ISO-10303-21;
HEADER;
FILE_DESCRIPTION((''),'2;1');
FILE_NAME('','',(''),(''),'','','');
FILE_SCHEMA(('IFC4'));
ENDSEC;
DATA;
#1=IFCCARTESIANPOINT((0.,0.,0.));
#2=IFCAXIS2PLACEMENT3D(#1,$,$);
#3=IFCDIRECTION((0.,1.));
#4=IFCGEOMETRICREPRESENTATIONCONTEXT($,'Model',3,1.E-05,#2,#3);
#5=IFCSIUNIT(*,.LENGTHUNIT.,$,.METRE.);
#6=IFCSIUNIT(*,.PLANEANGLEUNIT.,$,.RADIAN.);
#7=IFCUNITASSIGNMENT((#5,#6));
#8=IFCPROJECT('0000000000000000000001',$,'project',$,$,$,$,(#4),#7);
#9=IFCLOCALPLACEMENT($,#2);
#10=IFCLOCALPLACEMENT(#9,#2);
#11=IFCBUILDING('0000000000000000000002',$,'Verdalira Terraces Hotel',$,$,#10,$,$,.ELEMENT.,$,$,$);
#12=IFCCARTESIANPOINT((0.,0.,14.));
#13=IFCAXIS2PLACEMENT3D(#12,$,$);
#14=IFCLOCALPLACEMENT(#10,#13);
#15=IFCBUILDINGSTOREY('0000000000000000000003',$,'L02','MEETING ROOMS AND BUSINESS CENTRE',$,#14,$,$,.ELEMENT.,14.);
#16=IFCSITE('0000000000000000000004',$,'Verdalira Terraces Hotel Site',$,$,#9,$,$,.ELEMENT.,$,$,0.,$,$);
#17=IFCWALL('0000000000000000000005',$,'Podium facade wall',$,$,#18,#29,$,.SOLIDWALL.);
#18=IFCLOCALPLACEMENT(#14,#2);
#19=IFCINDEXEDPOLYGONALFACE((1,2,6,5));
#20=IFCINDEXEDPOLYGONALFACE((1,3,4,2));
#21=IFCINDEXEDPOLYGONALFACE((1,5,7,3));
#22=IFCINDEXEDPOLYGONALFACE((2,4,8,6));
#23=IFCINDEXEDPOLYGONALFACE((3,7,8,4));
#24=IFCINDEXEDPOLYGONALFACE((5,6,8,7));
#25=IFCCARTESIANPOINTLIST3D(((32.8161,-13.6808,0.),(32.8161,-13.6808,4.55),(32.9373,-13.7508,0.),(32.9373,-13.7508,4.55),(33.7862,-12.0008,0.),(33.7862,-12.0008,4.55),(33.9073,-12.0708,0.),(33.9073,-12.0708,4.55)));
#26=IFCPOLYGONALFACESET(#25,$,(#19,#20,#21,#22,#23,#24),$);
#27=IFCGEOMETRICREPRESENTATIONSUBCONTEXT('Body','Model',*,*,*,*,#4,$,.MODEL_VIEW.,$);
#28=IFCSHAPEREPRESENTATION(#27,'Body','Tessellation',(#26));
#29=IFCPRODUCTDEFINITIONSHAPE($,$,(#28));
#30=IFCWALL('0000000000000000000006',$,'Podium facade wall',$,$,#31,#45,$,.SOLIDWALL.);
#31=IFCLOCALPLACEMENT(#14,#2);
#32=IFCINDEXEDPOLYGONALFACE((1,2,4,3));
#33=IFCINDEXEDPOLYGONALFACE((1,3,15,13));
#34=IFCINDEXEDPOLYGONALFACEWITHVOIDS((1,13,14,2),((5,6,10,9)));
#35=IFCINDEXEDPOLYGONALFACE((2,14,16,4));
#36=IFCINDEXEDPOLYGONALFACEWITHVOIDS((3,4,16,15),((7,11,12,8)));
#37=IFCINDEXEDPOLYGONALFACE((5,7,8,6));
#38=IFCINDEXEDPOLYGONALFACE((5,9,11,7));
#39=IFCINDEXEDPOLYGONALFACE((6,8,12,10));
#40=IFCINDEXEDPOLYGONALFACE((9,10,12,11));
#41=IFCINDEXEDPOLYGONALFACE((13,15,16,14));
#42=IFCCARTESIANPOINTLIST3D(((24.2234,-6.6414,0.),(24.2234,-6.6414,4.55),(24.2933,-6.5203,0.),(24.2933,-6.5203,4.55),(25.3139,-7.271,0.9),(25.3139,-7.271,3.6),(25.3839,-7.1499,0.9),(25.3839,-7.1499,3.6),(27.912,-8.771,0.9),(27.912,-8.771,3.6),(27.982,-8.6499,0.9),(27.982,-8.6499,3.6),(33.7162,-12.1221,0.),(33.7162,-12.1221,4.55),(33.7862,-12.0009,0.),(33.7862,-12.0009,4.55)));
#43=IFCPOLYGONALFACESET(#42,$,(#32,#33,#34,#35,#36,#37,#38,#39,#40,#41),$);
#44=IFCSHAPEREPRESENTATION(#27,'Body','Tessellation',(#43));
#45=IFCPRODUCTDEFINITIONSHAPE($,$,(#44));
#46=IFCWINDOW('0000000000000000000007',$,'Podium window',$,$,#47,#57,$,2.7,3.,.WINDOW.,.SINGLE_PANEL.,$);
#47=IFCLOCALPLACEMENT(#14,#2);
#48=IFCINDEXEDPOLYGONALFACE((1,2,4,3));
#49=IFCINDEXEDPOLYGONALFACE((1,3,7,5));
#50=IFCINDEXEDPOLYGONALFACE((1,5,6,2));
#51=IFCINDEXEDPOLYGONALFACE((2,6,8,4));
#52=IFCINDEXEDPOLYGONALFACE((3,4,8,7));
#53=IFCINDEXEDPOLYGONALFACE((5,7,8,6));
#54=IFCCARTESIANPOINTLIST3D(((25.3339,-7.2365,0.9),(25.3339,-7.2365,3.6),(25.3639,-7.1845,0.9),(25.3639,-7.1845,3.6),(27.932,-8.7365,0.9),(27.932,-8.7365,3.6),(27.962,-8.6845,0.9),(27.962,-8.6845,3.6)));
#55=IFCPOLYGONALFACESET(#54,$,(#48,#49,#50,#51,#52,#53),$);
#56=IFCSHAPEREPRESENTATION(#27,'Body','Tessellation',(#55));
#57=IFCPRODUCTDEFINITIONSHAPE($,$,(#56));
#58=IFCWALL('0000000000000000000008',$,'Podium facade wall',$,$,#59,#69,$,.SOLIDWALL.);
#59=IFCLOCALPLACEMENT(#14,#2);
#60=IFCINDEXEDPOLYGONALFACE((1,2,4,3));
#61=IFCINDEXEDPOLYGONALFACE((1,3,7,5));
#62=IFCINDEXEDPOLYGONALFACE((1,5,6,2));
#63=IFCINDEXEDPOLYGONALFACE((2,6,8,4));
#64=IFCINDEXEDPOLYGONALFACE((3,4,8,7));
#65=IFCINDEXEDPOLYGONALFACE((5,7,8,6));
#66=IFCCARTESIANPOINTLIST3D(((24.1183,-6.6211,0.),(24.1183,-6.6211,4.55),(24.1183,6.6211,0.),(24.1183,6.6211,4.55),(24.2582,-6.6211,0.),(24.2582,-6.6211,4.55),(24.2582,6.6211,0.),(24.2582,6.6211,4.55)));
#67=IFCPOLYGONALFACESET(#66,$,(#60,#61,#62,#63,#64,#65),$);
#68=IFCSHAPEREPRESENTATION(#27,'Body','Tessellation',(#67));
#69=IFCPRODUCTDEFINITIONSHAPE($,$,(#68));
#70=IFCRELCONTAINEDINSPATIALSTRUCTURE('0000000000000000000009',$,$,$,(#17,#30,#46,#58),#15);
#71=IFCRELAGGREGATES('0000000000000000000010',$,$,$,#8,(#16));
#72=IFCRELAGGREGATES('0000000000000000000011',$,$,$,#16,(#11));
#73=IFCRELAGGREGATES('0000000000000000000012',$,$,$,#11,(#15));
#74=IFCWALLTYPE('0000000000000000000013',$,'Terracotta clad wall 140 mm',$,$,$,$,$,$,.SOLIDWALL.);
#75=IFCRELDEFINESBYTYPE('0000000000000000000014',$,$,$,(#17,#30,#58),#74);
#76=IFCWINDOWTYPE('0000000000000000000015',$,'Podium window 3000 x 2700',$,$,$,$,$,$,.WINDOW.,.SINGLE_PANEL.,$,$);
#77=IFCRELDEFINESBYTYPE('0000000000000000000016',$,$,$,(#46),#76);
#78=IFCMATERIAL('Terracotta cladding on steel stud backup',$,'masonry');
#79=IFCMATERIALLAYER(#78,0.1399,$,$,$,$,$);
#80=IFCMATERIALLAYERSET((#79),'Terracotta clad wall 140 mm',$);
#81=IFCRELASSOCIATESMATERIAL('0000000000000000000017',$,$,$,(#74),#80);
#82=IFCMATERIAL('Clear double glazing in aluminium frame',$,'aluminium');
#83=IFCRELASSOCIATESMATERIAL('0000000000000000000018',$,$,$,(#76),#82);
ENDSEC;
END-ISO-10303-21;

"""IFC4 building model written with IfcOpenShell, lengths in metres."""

from ifc_helpers import new_model, si_unit, direction, frame, frame_2d, origin, place, context, subcontext, project, spatial, rectangle, extrude, material, layer, layer_set, type_object, element, fill, save


model = new_model("IFC4")

# Units and contexts
model_context = context("Model", 3, precision=1e-05, world=origin(), true_north=direction((0.0, 1.0)))
body_context = subcontext(model_context, "Body", "Model", "MODEL_VIEW")
ifc_project = project(units=[si_unit("LENGTHUNIT", "METRE"), si_unit("PLANEANGLEUNIT", "RADIAN")], contexts=[model_context])

# Site, building, storey
site_placement = place(None, origin())
site = spatial("IfcSite", under=ifc_project, at=site_placement, Name="Verdalira Terraces Hotel Site", CompositionType="ELEMENT", RefElevation=0.0)
building_placement = place(site_placement, origin())
building = spatial("IfcBuilding", under=site, at=building_placement, Name="Verdalira Terraces Hotel", CompositionType="ELEMENT")
storey_placement = place(building_placement, frame((0.0, 0.0, 14.0)))
storey = spatial("IfcBuildingStorey", under=building, at=storey_placement, Name="L02", Description="MEETING ROOMS AND BUSINESS CENTRE", CompositionType="ELEMENT", Elevation=14.0)

# Wall
ifc_material_1 = material(Name="Terracotta cladding on steel stud backup", Category="masonry")
ifc_layer_1 = layer(ifc_material_1, 0.1399)
ifc_layer_set_1 = layer_set([ifc_layer_1], Name="Terracotta clad wall 140 mm")
wall_type_1 = type_object("IfcWallType", Name="Terracotta clad wall 140 mm", PredefinedType="SOLIDWALL", material=ifc_layer_set_1)
wall_1_placement = place(storey_placement, frame((32.8767, -13.7158, 0.0), z_axis=(0.0, 0.0, 1.0), x_axis=(0.500024, 0.866012, 0.0)))
element("IfcWall", 1, at=wall_1_placement, inside=storey, type_object=wall_type_1, Name="Podium facade wall", PredefinedType="SOLIDWALL", context=body_context, shape_type="SweptSolid", body=[
    extrude(rectangle(XDim=1.9399, YDim=0.1399, at=frame_2d((0.97, 0.0))), origin(), (0.0, 0.0, 1.0), 4.55),
])

# Wall, opening, window
wall_2_placement = place(storey_placement, frame((33.7512, -12.0615, 0.0), z_axis=(0.0, 0.0, 1.0), x_axis=(-0.866026, 0.499998, 0.0)))
wall_2 = element("IfcWall", 2, at=wall_2_placement, inside=storey, type_object=wall_type_1, Name="Podium facade wall", PredefinedType="SOLIDWALL", context=body_context, shape_type="SweptSolid", body=[
    extrude(rectangle(XDim=10.9614, YDim=0.1399, at=frame_2d((5.4807, 0.0))), origin(), (0.0, 0.0, 1.0), 4.55),
])
opening_1_placement = place(wall_2_placement, frame((6.7021, 0.0, 0.8999)))
opening_1 = element("IfcOpeningElement", 3, at=opening_1_placement, cuts=wall_2, PredefinedType="OPENING", context=body_context, shape_type="SweptSolid", body=[
    extrude(rectangle(XDim=3.0, YDim=2.7, at=frame_2d((1.5, 1.3501))), frame((0.0, 0.0798, 0.0), z_axis=(0.0, -1.0, 0.0), x_axis=(1.0, 0.0, 0.0)), (0.0, 0.0, 1.0), 0.1599),
])
ifc_material_2 = material(Name="Clear double glazing in aluminium frame", Category="aluminium")
window_type = type_object("IfcWindowType", Name="Podium window 3000 x 2700", PartitioningType="SINGLE_PANEL", PredefinedType="WINDOW", material=ifc_material_2)
window_placement = place(opening_1_placement, origin())
window = element("IfcWindow", 4, at=window_placement, inside=storey, type_object=window_type, Name="Podium window", OverallHeight=2.7, OverallWidth=3.0, PartitioningType="SINGLE_PANEL", PredefinedType="WINDOW", context=body_context, shape_type="SweptSolid", body=[
    extrude(rectangle(XDim=3.0, YDim=2.7, at=frame_2d((1.5, 1.3501))), frame((0.0, 0.03, 0.0), z_axis=(0.0, -1.0, 0.0), x_axis=(1.0, 0.0, 0.0)), (0.0, 0.0, 1.0), 0.0601),
])
fill(opening_1, window)

# Wall
wall_3_placement = place(storey_placement, frame((24.1882, -6.6211, 0.0), z_axis=(0.0, 0.0, 1.0), x_axis=(0.0, 1.0, 0.0)))
element("IfcWall", 5, at=wall_3_placement, inside=storey, type_object=wall_type_1, Name="Podium facade wall", PredefinedType="SOLIDWALL", context=body_context, shape_type="SweptSolid", body=[
    extrude(rectangle(XDim=13.2422, YDim=0.1399, at=frame_2d((6.6211, 0.0))), origin(), (0.0, 0.0, 1.0), 4.55),
])

save(model, "model.ifc")
